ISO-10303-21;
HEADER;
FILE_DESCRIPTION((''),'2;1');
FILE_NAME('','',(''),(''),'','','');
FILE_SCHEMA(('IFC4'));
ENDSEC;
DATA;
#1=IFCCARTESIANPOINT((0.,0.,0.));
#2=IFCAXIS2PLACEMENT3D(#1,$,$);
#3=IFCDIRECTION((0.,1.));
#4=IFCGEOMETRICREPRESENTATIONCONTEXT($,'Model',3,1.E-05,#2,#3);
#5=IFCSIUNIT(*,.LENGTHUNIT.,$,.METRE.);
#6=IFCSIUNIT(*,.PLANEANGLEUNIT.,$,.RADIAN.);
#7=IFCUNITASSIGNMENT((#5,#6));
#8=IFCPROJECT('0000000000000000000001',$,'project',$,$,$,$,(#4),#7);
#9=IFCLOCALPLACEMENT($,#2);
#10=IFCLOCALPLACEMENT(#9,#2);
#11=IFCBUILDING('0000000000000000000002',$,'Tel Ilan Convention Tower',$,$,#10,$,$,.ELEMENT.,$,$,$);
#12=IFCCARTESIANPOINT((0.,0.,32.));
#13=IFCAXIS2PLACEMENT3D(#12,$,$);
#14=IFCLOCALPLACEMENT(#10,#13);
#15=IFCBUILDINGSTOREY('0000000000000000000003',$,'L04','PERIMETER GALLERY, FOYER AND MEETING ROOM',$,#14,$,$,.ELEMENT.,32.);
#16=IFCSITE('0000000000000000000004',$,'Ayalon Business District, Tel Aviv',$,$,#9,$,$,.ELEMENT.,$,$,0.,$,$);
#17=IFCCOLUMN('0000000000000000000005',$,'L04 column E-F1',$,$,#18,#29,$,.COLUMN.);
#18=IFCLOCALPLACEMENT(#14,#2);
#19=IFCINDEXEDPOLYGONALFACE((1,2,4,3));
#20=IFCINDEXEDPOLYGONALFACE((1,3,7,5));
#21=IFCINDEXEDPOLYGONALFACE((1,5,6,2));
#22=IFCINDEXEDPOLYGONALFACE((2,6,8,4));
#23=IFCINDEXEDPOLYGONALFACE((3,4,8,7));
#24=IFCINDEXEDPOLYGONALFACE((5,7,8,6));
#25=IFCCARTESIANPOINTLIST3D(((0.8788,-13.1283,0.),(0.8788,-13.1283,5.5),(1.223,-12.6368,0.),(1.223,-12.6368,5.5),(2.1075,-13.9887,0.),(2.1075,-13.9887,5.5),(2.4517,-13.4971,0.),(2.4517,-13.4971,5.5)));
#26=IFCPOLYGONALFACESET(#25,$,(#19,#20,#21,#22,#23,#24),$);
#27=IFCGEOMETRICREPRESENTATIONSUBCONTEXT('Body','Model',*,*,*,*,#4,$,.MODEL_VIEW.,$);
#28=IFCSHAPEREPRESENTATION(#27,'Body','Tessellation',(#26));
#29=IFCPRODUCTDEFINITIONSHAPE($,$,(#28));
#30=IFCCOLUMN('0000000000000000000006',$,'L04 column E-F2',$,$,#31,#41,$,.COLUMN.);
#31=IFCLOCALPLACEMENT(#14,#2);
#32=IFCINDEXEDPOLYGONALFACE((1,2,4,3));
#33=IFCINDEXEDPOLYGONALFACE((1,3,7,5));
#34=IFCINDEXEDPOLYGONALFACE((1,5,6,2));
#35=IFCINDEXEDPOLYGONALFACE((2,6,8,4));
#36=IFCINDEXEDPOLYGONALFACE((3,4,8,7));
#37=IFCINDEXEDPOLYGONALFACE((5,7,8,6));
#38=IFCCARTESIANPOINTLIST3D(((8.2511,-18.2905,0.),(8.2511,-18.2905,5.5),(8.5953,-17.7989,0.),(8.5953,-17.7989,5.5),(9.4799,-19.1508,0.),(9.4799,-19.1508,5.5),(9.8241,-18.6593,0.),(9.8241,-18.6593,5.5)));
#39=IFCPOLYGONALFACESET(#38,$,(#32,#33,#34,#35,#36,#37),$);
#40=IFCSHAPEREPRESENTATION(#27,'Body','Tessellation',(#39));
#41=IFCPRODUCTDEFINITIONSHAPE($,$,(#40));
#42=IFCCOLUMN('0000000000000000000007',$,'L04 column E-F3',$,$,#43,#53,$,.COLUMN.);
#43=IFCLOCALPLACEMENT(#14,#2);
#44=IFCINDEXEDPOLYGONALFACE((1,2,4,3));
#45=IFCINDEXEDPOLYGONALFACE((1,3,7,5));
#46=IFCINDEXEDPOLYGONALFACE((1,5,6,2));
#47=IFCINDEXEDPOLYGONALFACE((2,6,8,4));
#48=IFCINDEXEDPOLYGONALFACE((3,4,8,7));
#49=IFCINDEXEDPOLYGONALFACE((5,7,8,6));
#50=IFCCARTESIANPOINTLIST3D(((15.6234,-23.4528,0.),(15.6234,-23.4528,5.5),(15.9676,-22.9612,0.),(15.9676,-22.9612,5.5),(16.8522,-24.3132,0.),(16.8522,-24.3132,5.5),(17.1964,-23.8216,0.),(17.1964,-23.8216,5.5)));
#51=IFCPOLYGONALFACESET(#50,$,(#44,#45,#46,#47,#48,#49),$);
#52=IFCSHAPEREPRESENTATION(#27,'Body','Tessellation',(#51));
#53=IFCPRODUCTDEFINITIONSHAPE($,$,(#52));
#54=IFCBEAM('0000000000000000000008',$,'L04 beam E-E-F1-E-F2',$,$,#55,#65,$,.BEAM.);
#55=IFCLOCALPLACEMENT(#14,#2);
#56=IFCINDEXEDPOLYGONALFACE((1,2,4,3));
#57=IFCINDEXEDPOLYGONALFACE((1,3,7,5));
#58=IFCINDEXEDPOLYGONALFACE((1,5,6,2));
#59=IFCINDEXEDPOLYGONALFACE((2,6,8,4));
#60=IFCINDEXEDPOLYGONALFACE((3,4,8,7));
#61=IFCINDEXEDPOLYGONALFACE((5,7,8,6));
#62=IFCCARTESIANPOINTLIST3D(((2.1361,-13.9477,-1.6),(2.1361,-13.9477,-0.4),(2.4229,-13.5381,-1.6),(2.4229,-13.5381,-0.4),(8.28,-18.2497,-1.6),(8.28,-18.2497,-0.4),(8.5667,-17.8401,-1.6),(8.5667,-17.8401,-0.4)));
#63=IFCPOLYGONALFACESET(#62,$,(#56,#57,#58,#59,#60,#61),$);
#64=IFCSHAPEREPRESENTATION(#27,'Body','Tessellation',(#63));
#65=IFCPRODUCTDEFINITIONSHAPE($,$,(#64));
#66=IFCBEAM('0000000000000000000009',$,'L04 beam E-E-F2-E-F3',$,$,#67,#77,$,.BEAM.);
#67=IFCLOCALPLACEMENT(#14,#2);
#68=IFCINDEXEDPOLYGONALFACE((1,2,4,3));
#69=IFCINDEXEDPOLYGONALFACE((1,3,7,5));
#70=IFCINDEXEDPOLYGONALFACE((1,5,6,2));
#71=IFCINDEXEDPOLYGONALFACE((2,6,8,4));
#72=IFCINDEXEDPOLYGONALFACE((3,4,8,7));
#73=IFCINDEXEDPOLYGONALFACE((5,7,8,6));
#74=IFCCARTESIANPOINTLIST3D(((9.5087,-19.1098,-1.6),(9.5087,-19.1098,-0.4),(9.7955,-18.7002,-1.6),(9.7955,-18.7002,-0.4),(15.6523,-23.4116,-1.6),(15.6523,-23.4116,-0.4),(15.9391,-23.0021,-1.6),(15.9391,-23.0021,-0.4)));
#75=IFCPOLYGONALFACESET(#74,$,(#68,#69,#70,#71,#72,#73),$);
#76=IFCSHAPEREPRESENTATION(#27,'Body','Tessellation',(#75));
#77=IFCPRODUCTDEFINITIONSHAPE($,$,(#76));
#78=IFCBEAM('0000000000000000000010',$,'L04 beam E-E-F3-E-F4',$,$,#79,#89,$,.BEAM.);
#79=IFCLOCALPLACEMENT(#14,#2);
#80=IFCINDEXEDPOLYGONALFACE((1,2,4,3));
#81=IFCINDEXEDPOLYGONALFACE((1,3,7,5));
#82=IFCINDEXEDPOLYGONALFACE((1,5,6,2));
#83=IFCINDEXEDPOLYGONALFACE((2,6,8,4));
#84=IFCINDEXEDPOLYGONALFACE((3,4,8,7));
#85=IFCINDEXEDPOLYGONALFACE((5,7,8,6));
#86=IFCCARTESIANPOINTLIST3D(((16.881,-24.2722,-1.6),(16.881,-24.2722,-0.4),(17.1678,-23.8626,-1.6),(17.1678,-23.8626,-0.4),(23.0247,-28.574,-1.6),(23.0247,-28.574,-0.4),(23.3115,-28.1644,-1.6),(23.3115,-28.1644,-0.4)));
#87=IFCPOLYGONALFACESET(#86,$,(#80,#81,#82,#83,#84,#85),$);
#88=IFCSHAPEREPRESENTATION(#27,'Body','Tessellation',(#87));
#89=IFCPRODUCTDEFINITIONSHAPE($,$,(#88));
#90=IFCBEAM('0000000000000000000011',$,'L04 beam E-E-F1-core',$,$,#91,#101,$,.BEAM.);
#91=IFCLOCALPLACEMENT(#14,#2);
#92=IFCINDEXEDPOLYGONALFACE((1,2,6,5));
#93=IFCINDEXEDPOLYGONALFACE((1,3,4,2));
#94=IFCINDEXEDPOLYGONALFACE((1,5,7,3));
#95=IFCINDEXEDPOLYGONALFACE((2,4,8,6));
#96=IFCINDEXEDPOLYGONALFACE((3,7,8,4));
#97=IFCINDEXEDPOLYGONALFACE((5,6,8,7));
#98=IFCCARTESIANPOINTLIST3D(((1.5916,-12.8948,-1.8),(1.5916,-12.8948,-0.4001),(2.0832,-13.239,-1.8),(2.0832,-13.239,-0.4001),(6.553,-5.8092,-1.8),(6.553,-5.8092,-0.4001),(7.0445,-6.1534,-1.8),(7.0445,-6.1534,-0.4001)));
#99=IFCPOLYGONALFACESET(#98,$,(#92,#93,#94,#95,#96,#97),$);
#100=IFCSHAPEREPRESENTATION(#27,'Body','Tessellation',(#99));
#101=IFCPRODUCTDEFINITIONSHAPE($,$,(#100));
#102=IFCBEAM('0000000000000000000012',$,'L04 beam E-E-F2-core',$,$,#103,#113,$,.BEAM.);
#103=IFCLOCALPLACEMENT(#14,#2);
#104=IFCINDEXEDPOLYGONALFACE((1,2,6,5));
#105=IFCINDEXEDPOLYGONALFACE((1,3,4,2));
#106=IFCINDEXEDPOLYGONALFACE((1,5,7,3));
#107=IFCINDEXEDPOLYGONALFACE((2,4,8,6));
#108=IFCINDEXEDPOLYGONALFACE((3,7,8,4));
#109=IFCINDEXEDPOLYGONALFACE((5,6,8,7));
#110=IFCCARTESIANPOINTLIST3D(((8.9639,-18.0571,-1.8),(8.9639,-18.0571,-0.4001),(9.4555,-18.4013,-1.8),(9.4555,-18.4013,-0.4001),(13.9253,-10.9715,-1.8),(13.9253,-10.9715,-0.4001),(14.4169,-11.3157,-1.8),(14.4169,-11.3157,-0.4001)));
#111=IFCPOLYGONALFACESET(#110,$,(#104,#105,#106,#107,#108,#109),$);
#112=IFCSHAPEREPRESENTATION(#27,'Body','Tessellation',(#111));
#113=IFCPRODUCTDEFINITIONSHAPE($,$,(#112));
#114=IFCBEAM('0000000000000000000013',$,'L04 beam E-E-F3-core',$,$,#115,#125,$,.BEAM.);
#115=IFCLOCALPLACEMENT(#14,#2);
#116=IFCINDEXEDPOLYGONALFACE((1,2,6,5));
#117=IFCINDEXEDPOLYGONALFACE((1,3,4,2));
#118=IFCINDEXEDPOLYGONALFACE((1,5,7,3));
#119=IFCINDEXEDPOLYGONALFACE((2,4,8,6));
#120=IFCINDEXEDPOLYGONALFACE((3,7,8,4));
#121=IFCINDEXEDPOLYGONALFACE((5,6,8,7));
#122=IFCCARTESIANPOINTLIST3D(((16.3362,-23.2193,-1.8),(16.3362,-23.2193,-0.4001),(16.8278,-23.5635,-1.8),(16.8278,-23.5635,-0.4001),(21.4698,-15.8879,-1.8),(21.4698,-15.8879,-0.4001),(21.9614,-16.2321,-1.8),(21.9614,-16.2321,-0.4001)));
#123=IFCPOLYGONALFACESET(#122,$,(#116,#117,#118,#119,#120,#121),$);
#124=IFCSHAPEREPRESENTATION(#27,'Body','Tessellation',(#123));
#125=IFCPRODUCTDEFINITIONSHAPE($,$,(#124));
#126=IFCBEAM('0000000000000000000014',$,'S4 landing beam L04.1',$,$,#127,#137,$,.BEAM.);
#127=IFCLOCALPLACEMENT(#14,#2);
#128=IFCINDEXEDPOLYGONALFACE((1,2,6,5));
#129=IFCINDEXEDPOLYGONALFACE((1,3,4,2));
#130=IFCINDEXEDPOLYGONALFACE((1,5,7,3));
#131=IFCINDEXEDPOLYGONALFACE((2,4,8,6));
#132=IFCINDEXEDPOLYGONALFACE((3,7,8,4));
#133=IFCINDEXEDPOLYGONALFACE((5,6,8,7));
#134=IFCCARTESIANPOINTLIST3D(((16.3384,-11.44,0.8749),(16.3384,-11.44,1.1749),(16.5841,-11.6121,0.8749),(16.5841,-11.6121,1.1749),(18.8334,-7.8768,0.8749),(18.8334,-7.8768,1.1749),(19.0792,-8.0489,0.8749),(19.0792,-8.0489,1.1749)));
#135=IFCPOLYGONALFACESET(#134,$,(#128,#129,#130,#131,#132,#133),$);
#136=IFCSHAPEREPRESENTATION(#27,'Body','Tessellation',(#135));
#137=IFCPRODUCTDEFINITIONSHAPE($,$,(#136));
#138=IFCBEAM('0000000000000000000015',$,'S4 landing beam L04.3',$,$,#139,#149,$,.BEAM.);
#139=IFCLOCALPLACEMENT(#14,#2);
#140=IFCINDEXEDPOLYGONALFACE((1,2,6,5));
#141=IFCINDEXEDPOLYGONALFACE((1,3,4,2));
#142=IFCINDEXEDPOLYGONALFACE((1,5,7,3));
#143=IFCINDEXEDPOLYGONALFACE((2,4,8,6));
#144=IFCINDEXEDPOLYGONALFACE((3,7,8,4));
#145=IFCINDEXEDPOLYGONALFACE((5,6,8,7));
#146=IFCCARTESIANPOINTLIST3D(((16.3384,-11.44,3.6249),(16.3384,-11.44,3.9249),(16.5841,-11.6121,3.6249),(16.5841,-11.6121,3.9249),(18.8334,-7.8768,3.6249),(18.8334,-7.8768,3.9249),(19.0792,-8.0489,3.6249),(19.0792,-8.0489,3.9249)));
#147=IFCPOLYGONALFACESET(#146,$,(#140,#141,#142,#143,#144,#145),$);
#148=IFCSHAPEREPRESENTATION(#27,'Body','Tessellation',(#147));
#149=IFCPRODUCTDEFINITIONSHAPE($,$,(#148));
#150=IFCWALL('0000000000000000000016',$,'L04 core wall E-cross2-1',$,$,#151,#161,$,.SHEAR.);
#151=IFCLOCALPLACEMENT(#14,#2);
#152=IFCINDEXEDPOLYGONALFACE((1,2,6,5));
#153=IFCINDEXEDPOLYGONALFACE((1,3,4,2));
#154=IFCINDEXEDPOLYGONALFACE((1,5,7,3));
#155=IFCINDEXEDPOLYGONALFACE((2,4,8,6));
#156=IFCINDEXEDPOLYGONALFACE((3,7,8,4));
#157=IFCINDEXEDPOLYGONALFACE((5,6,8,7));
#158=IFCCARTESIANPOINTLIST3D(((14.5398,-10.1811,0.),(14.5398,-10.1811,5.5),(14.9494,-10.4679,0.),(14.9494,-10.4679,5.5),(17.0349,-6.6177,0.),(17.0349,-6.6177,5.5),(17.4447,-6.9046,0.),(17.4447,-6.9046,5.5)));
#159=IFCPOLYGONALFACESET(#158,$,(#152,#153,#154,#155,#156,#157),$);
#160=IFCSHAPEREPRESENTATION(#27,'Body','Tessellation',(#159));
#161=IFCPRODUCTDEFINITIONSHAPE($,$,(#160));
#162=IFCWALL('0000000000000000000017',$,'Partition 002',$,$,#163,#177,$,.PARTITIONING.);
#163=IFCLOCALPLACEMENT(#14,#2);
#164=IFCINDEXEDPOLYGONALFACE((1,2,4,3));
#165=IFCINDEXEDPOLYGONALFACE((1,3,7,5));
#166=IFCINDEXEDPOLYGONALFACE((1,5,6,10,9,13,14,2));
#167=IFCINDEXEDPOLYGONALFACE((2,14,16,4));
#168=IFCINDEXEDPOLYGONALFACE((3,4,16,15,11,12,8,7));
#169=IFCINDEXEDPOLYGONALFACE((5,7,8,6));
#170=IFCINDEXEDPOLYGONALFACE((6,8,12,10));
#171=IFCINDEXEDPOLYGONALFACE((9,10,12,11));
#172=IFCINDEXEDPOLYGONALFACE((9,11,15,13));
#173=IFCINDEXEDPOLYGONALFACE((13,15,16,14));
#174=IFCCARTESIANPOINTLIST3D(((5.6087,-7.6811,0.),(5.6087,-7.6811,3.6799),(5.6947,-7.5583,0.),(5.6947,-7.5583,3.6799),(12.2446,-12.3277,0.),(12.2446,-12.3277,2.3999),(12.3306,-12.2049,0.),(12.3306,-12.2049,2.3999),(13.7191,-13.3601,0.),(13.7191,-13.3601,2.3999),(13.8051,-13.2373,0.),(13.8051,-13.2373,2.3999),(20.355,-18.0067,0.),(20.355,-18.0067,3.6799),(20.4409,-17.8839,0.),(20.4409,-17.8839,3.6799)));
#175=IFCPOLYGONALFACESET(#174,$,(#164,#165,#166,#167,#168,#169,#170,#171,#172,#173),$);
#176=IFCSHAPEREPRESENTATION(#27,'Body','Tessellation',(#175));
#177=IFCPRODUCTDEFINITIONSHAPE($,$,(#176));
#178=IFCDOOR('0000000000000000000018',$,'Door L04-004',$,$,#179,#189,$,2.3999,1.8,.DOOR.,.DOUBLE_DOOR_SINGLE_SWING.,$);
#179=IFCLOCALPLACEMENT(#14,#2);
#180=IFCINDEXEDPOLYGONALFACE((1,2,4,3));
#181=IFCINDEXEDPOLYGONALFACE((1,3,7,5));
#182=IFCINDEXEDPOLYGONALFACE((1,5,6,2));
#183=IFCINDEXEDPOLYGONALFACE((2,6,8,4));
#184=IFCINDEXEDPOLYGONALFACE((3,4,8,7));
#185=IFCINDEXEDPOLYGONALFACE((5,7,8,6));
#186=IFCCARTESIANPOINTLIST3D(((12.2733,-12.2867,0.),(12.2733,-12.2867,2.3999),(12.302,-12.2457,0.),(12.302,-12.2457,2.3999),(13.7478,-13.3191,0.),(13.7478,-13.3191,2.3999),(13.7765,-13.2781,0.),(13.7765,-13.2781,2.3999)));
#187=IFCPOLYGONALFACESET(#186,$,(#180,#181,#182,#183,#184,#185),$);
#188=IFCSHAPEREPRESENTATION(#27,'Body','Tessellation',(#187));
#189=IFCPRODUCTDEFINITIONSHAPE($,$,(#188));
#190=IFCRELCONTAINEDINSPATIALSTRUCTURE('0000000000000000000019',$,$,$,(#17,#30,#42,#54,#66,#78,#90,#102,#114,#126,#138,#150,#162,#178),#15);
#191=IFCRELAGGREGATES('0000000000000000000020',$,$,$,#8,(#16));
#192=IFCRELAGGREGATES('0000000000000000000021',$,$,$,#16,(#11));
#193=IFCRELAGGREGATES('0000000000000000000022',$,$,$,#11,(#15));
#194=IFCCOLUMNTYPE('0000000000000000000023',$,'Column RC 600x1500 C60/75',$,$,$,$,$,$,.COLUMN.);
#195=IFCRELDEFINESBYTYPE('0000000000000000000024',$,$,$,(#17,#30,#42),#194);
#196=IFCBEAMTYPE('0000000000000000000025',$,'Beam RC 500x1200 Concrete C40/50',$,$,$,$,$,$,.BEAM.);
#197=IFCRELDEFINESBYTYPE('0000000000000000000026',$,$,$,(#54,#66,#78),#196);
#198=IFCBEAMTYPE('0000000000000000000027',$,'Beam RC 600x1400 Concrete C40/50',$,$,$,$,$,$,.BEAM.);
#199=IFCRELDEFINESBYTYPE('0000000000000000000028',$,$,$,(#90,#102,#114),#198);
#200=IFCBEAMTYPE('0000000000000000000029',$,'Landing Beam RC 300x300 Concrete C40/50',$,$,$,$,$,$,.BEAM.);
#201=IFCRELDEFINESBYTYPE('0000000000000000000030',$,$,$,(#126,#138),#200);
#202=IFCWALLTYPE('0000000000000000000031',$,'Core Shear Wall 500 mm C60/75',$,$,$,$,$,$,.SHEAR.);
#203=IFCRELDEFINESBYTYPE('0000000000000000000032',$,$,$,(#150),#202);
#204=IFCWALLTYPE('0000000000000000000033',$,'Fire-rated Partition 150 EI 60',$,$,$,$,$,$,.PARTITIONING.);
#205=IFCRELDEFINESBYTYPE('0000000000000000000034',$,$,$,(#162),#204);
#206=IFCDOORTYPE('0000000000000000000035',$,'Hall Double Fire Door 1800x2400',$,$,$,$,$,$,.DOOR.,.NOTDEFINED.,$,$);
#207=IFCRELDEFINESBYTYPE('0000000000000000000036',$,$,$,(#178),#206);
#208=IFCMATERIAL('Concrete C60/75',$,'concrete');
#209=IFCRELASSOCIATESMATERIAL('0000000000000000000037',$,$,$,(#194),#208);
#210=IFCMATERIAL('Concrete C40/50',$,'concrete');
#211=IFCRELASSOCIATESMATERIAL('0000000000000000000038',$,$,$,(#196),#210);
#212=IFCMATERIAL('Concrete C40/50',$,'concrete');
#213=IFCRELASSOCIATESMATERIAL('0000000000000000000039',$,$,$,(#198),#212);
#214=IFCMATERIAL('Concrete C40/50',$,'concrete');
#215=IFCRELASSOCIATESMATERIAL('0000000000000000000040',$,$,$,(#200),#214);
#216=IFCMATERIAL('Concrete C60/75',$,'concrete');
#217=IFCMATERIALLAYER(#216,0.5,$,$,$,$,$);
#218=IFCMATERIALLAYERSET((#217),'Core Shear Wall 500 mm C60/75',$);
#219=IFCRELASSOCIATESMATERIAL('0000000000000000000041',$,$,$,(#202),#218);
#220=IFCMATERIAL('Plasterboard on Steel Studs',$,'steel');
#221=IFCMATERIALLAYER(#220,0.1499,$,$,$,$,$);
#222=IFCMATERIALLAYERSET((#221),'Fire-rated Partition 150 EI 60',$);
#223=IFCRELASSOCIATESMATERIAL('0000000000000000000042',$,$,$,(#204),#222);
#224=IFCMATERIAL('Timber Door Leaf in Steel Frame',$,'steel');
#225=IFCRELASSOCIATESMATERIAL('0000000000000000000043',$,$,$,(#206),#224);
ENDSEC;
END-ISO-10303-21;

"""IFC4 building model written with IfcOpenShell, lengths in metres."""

from ifc_helpers import new_model, si_unit, direction, frame, frame_2d, origin, origin_2d, place, context, subcontext, project, spatial, polyline, rectangle, outline, extrude, material, layer, layer_set, material_profile, profile_set, type_object, element, fill, save


model = new_model("IFC4")

# Units and contexts
model_context = context("Model", 3, precision=1e-05, world=origin(), true_north=direction((0.0, 1.0)))
body_context = subcontext(model_context, "Body", "Model", "MODEL_VIEW")
ifc_project = project(units=[si_unit("LENGTHUNIT", "METRE"), si_unit("PLANEANGLEUNIT", "RADIAN")], contexts=[model_context])

# Site, building, storey
site_placement = place(None, origin())
site = spatial("IfcSite", under=ifc_project, at=site_placement, Name="Ayalon Business District, Tel Aviv", CompositionType="ELEMENT", RefElevation=0.0)
building_placement = place(site_placement, origin())
building = spatial("IfcBuilding", under=site, at=building_placement, Name="Tel Ilan Convention Tower", CompositionType="ELEMENT")
storey_placement = place(building_placement, frame((0.0, 0.0, 32.0)))
storey = spatial("IfcBuildingStorey", under=building, at=storey_placement, Name="L04", Description="PERIMETER GALLERY, FOYER AND MEETING ROOM", CompositionType="ELEMENT", Elevation=32.0)

# Columns
ifc_material_1 = material(Name="Concrete C60/75", Category="concrete")
ifc_material_profile_1 = material_profile(ifc_material_1, rectangle(XDim=1.5, YDim=0.6001, at=origin_2d()), Name="RC 600x1500")
ifc_profile_set_1 = profile_set([ifc_material_profile_1], Name="Concrete C60/75")
column_type = type_object("IfcColumnType", Name="Column RC 600x1500 C60/75", PredefinedType="COLUMN", material=ifc_profile_set_1)
for number, where, z_axis, x_axis, name in (
    (1, (1.6653, -13.3127, 0.0), (0.0, 0.0, 1.0), (0.819152, -0.573576, 0.0), "L04 column E-F1"),
    (2, (9.0376, -18.4749, 0.0), (0.0, 0.0, 1.0), (0.819152, -0.573576, 0.0), "L04 column E-F2"),
    (3, (16.4099, -23.6372, 0.0), (0.0, 0.0, 1.0), (0.819152, -0.573576, 0.0), "L04 column E-F3"),
):
    element("IfcColumn", number, at=place(storey_placement, frame(where, z_axis=z_axis, x_axis=x_axis)), inside=storey, type_object=column_type, Name=name, PredefinedType="COLUMN", context=body_context, shape_type="SweptSolid", body=[
        extrude(rectangle(XDim=1.5, YDim=0.6001, at=origin_2d()), origin(), (0.0, 0.0, 1.0), 5.5),
    ])

# Beams
ifc_material_2 = material(Name="Concrete C40/50", Category="concrete")
ifc_material_profile_2 = material_profile(ifc_material_2, rectangle(XDim=0.5, YDim=1.2, at=origin_2d()), Name="RC 500x1200")
ifc_profile_set_2 = profile_set([ifc_material_profile_2], Name="Concrete C40/50")
beam_type_1 = type_object("IfcBeamType", Name="Beam RC 500x1200 Concrete C40/50", PredefinedType="BEAM", material=ifc_profile_set_2)
beam_1_placement = place(storey_placement, frame((2.2795, -13.7429, -1.0), z_axis=(0.819148, -0.573582, 0.0), x_axis=(0.573582, 0.819148, 0.0)))
element("IfcBeam", 4, at=beam_1_placement, inside=storey, type_object=beam_type_1, Name="L04 beam E-E-F1-E-F2", PredefinedType="BEAM", context=body_context, shape_type="SweptSolid", body=[
    extrude(rectangle(XDim=0.5, YDim=1.2, at=origin_2d()), origin(), (0.0, 0.0, 1.0), 7.5002),
])
for number, where, z_axis, x_axis, name in (
    (5, (9.6521, -18.905, -1.0), (0.819152, -0.573576, 0.0), (0.573576, 0.819152, 0.0), "L04 beam E-E-F2-E-F3"),
    (6, (17.0244, -24.0674, -1.0), (0.819152, -0.573576, 0.0), (0.573576, 0.819152, 0.0), "L04 beam E-E-F3-E-F4"),
):
    element("IfcBeam", number, at=place(storey_placement, frame(where, z_axis=z_axis, x_axis=x_axis)), inside=storey, type_object=beam_type_1, Name=name, PredefinedType="BEAM", context=body_context, shape_type="SweptSolid", body=[
        extrude(rectangle(XDim=0.5, YDim=1.2, at=origin_2d()), origin(), (0.0, 0.0, 1.0), 7.5),
    ])
ifc_material_3 = material(Name="Concrete C40/50", Category="concrete")
ifc_material_profile_3 = material_profile(ifc_material_3, rectangle(XDim=0.6001, YDim=1.3999, at=origin_2d()), Name="RC 600x1400")
ifc_profile_set_3 = profile_set([ifc_material_profile_3], Name="Concrete C40/50")
beam_type_2 = type_object("IfcBeamType", Name="Beam RC 600x1400 Concrete C40/50", PredefinedType="BEAM", material=ifc_profile_set_3)
for number, where, z_axis, x_axis, name in (
    (7, (1.8374, -13.0669, -1.1001), (0.573574, 0.819154, 0.0), (-0.819154, 0.573574, 0.0), "L04 beam E-E-F1-core"),
    (8, (9.2097, -18.2292, -1.1001), (0.573574, 0.819154, 0.0), (-0.819154, 0.573574, 0.0), "L04 beam E-E-F2-core"),
):
    element("IfcBeam", number, at=place(storey_placement, frame(where, z_axis=z_axis, x_axis=x_axis)), inside=storey, type_object=beam_type_2, Name=name, PredefinedType="BEAM", context=body_context, shape_type="SweptSolid", body=[
        extrude(rectangle(XDim=0.6001, YDim=1.3999, at=origin_2d()), origin(), (0.0, 0.0, 1.0), 8.6499),
    ])
beam_2_placement = place(storey_placement, frame((16.582, -23.3914, -1.1001), z_axis=(0.573585, 0.819146, 0.0), x_axis=(-0.819146, 0.573585, 0.0)))
element("IfcBeam", 9, at=beam_2_placement, inside=storey, type_object=beam_type_2, Name="L04 beam E-E-F3-core", PredefinedType="BEAM", context=body_context, shape_type="SweptSolid", body=[
    extrude(rectangle(XDim=0.6001, YDim=1.3999, at=origin_2d()), origin(), (0.0, 0.0, 1.0), 8.95),
])
ifc_material_4 = material(Name="Concrete C40/50", Category="concrete")
ifc_material_profile_4 = material_profile(ifc_material_4, rectangle(XDim=0.3, YDim=0.3, at=origin_2d()), Name="RC 300x300")
ifc_profile_set_4 = profile_set([ifc_material_profile_4], Name="Concrete C40/50")
beam_type_3 = type_object("IfcBeamType", Name="Landing Beam RC 300x300 Concrete C40/50", PredefinedType="BEAM", material=ifc_profile_set_4)
for number, where, z_axis, x_axis, name in (
    (10, (18.9563, -7.9629, 1.0249), (-0.573594, -0.81914, 0.0), (0.81914, -0.573594, 0.0), "S4 landing beam L04.1"),
    (11, (18.9563, -7.9629, 3.7749), (-0.573594, -0.81914, 0.0), (0.81914, -0.573594, 0.0), "S4 landing beam L04.3"),
):
    element("IfcBeam", number, at=place(storey_placement, frame(where, z_axis=z_axis, x_axis=x_axis)), inside=storey, type_object=beam_type_3, Name=name, PredefinedType="BEAM", context=body_context, shape_type="SweptSolid", body=[
        extrude(rectangle(XDim=0.3, YDim=0.3, at=origin_2d()), origin(), (0.0, 0.0, 1.0), 4.3499),
    ])

# Wall
ifc_material_5 = material(Name="Concrete C60/75", Category="concrete")
ifc_layer_1 = layer(ifc_material_5, 0.5)
ifc_layer_set_1 = layer_set([ifc_layer_1], Name="Core Shear Wall 500 mm C60/75")
wall_type_1 = type_object("IfcWallType", Name="Core Shear Wall 500 mm C60/75", PredefinedType="SHEAR", material=ifc_layer_set_1)
wall_1_placement = place(storey_placement, frame((14.7446, -10.3245, 0.0), z_axis=(0.0, 0.0, 1.0), x_axis=(0.573568, 0.819158, 0.0)))
element("IfcWall", 12, at=wall_1_placement, inside=storey, type_object=wall_type_1, Name="L04 core wall E-cross2-1", PredefinedType="SHEAR", context=body_context, shape_type="SweptSolid", body=[
    extrude(outline(polyline([(0.0, 0.25), (0.0, -0.25), (4.3501, -0.2502), (4.3501, 0.25), (0.0, 0.25)])), origin(), (0.0, 0.0, 1.0), 5.5),
])

# Wall, opening, door
ifc_material_6 = material(Name="Plasterboard on Steel Studs", Category="steel")
ifc_layer_2 = layer(ifc_material_6, 0.1499)
ifc_layer_set_2 = layer_set([ifc_layer_2], Name="Fire-rated Partition 150 EI 60")
wall_type_2 = type_object("IfcWallType", Name="Fire-rated Partition 150 EI 60", PredefinedType="PARTITIONING", material=ifc_layer_set_2)
wall_2_placement = place(storey_placement, frame((20.3979, -17.9453, 0.0), z_axis=(0.0, 0.0, 1.0), x_axis=(-0.819147, 0.573583, 0.0)))
wall_2 = element("IfcWall", 13, at=wall_2_placement, inside=storey, type_object=wall_type_2, Name="Partition 002", PredefinedType="PARTITIONING", context=body_context, shape_type="SweptSolid", body=[
    extrude(rectangle(XDim=18.002, YDim=0.1499, at=frame_2d((9.001, 0.0))), origin(), (0.0, 0.0, 1.0), 3.6799),
])
opening_placement = place(wall_2_placement, frame((8.1011, 0.0, 0.0)))
opening = element("IfcOpeningElement", 14, at=opening_placement, cuts=wall_2, PredefinedType="OPENING", context=body_context, shape_type="SweptSolid", body=[
    extrude(rectangle(XDim=1.8, YDim=2.3999, at=frame_2d((0.8999, 1.2))), frame((0.0, 0.085, 0.0), z_axis=(0.0, -1.0, 0.0), x_axis=(1.0, 0.0, 0.0)), (0.0, 0.0, 1.0), 0.1699),
])
ifc_material_7 = material(Name="Timber Door Leaf in Steel Frame", Category="steel")
door_type = type_object("IfcDoorType", Name="Hall Double Fire Door 1800x2400", OperationType="NOTDEFINED", PredefinedType="DOOR", material=ifc_material_7)
door_placement = place(opening_placement, origin())
door = element("IfcDoor", 15, at=door_placement, inside=storey, type_object=door_type, Name="Door L04-004", OperationType="DOUBLE_DOOR_SINGLE_SWING", OverallHeight=2.3999, OverallWidth=1.8, PredefinedType="DOOR", context=body_context, shape_type="SweptSolid", body=[
    extrude(rectangle(XDim=1.8, YDim=2.3999, at=frame_2d((0.8999, 1.2))), frame((0.0, 0.0249, 0.0), z_axis=(0.0, -1.0, 0.0), x_axis=(1.0, 0.0, 0.0)), (0.0, 0.0, 1.0), 0.05),
])
fill(opening, door)

save(model, "model.ifc")
